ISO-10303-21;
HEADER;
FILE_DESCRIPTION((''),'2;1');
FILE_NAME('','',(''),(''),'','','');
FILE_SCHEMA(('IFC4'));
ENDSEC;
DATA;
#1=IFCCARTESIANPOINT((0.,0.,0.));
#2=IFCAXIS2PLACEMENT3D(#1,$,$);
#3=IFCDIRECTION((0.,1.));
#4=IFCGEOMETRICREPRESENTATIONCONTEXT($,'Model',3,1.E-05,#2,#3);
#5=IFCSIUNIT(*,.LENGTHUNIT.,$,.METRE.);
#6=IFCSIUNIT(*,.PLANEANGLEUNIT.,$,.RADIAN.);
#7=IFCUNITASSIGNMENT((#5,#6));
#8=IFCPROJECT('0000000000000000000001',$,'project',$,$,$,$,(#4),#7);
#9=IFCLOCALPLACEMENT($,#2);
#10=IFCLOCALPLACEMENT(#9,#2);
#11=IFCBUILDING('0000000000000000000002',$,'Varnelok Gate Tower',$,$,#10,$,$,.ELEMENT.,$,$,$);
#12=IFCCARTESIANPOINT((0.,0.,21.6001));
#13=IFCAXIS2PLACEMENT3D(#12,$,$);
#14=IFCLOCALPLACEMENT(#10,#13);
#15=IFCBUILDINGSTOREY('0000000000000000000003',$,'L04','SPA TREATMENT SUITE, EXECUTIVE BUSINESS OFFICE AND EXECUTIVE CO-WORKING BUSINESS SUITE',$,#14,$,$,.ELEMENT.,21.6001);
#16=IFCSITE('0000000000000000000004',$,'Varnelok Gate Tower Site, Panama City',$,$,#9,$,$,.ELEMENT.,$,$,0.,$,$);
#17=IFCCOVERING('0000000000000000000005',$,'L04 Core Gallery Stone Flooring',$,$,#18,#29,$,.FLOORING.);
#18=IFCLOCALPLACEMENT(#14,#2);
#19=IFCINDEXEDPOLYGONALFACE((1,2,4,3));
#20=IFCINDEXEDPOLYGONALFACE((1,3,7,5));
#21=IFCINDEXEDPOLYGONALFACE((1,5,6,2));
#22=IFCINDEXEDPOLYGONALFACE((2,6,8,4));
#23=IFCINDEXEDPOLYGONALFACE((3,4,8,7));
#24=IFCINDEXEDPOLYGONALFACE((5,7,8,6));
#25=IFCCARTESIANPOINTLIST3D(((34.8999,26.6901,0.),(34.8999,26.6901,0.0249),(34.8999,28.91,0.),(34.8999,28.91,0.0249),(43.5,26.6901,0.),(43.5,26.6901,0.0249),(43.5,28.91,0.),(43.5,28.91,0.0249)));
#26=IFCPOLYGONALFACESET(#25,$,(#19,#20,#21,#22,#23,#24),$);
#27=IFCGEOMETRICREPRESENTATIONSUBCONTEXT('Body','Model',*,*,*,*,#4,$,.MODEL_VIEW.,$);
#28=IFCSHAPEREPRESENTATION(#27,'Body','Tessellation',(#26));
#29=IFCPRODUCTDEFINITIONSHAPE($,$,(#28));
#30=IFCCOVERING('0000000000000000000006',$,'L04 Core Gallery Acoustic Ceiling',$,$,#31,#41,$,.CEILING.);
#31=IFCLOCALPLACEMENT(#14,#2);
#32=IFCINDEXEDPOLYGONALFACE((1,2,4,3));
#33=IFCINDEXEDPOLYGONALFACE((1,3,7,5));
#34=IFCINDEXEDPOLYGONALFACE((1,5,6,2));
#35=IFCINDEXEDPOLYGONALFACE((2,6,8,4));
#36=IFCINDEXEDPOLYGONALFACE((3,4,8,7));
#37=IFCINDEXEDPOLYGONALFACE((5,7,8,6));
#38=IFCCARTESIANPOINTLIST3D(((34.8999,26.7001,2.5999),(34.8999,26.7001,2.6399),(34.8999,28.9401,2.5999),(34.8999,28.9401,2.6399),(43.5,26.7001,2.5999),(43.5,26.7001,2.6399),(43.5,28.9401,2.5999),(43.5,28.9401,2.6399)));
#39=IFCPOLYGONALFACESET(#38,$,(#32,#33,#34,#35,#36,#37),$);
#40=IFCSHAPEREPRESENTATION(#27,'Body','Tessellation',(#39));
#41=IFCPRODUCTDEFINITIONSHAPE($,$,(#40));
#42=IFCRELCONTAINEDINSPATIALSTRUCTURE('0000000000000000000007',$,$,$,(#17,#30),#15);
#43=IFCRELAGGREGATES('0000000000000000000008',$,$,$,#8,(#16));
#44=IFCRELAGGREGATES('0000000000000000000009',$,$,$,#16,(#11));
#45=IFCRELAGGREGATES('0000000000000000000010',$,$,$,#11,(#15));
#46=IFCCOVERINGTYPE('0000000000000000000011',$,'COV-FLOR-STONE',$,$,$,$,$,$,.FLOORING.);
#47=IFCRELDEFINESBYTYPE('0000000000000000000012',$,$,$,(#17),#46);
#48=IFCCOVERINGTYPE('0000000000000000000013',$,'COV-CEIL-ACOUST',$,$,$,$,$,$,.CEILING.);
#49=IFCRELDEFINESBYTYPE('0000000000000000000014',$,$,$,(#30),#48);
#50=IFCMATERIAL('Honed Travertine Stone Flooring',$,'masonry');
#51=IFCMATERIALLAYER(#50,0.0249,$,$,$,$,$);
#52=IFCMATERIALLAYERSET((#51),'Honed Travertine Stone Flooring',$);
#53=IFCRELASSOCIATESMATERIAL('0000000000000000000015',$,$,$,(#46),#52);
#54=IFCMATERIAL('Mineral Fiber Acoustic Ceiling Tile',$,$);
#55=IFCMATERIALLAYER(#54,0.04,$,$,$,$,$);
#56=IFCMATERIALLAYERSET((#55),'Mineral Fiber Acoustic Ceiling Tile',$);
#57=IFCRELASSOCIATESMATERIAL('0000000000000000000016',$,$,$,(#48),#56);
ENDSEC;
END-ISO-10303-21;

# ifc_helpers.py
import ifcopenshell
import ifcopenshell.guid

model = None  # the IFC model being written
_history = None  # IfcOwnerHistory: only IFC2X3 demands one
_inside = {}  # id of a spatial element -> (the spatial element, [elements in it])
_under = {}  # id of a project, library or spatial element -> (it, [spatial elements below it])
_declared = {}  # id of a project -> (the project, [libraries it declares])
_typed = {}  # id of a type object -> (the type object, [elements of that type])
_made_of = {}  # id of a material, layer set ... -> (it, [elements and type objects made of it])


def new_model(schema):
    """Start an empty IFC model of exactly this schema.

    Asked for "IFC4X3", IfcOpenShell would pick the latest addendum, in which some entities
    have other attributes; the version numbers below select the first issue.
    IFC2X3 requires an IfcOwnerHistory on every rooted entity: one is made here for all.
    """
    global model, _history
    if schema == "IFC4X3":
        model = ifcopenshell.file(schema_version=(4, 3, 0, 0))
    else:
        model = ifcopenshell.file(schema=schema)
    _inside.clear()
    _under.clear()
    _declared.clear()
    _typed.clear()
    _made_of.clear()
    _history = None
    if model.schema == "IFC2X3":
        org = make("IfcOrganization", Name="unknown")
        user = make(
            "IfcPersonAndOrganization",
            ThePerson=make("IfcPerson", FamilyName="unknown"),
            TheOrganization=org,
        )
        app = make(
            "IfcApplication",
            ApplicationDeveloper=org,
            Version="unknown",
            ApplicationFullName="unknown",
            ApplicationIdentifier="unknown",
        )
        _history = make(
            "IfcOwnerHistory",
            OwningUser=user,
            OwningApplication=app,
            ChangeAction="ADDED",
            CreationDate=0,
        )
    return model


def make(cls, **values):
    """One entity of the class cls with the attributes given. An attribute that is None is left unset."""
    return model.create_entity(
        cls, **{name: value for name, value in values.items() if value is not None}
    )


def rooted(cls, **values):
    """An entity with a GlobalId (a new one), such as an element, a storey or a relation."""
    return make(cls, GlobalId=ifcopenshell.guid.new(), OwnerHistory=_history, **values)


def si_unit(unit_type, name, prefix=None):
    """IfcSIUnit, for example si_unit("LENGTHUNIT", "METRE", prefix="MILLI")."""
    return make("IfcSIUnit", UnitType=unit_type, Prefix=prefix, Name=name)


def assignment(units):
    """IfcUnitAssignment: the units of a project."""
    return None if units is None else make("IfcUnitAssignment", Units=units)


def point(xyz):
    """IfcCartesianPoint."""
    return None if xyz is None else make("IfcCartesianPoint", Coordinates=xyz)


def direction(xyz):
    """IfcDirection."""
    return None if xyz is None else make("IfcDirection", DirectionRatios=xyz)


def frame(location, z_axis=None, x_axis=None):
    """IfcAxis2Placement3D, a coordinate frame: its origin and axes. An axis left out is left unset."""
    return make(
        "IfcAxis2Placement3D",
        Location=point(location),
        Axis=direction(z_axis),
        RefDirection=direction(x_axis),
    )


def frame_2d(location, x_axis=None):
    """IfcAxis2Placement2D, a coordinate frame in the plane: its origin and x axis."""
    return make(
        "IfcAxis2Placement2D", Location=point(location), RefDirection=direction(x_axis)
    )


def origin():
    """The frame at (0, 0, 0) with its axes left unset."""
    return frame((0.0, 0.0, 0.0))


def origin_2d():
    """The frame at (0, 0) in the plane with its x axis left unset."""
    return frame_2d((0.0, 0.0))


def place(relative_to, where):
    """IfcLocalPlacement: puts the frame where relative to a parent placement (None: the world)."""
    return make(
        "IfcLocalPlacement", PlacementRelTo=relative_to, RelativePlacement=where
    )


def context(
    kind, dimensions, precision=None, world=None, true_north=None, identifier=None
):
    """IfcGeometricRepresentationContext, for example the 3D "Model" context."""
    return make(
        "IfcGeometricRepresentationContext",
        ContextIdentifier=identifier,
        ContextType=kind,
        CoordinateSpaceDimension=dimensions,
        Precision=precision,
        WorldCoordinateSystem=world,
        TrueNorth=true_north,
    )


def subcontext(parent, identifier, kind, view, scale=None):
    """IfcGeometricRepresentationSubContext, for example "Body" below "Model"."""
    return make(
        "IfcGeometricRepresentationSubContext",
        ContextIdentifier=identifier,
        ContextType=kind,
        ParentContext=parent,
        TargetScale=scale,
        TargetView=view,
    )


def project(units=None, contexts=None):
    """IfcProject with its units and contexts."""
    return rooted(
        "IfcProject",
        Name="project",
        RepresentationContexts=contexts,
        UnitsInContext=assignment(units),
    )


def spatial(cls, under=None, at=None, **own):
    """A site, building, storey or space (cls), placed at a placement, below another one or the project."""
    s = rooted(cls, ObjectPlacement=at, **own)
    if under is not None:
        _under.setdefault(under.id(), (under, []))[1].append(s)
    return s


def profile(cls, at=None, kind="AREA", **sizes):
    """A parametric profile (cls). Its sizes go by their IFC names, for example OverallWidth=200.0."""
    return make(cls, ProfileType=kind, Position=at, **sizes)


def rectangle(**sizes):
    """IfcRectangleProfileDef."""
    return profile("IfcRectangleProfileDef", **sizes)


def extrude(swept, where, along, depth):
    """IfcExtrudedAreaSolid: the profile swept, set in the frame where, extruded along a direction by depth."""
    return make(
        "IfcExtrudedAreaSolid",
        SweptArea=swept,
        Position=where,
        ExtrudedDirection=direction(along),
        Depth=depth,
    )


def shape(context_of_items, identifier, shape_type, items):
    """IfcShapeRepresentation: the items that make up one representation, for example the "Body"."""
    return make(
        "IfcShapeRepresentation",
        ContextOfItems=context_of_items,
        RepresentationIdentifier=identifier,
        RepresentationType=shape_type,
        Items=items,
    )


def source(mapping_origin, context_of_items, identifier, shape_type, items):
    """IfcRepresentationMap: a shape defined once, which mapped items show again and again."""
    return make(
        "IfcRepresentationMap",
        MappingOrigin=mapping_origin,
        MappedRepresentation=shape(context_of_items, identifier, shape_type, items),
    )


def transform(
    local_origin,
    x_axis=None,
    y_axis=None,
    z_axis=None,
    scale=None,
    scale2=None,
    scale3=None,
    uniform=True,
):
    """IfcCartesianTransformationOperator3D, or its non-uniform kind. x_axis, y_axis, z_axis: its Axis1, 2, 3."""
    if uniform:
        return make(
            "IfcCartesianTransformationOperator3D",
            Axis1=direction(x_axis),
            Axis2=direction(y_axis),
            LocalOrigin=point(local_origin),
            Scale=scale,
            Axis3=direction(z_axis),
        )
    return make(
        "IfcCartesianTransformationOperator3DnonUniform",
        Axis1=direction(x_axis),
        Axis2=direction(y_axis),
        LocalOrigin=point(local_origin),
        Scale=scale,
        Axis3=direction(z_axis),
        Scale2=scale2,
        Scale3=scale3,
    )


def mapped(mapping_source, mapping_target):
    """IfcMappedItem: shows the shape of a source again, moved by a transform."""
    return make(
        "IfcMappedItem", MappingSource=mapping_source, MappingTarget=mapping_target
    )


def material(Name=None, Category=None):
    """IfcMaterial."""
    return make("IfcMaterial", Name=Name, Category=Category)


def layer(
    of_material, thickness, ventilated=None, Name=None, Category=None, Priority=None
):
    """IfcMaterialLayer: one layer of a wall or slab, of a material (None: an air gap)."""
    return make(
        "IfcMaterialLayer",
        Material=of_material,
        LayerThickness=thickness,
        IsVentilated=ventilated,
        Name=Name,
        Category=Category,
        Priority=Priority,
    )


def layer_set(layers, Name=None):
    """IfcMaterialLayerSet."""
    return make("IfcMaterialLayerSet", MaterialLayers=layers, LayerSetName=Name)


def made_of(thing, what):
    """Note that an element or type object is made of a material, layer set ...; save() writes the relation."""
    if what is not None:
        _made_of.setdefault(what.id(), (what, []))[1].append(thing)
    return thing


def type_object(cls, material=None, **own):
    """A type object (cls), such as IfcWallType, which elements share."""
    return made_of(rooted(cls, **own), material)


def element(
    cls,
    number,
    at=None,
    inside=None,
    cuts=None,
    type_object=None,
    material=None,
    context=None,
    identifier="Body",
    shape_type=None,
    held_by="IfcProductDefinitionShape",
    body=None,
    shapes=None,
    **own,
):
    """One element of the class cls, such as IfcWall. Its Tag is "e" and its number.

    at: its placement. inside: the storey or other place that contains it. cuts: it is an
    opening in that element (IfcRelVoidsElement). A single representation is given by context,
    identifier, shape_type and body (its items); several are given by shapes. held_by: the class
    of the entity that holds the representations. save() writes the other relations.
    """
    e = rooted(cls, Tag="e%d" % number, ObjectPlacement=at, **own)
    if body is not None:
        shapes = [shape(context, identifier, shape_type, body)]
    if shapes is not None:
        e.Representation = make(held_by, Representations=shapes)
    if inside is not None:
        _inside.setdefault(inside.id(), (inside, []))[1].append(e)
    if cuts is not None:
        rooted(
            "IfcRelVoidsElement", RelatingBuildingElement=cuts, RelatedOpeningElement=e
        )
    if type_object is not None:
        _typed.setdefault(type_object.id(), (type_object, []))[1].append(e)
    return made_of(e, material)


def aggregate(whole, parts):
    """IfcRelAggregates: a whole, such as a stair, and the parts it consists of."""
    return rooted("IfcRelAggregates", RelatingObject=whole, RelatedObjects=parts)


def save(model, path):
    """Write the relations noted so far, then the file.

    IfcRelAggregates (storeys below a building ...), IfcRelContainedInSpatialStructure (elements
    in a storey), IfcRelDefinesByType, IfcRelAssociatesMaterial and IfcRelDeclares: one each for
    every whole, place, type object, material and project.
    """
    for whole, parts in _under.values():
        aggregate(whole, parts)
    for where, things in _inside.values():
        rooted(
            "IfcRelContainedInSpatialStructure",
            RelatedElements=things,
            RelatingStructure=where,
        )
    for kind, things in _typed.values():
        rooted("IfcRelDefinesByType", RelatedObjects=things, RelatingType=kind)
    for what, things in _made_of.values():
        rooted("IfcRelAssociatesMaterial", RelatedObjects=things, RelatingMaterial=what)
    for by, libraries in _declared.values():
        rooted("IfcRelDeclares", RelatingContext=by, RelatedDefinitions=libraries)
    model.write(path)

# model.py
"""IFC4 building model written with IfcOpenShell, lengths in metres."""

from ifc_helpers import new_model, si_unit, direction, frame, origin, origin_2d, place, context, subcontext, project, spatial, rectangle, extrude, source, transform, mapped, material, layer, layer_set, type_object, element, save


model = new_model("IFC4")

# Units and contexts
model_context = context("Model", 3, precision=1e-05, world=origin(), true_north=direction((0.0, 1.0)))
body_context = subcontext(model_context, "Body", "Model", "MODEL_VIEW")
ifc_project = project(units=[si_unit("LENGTHUNIT", "METRE"), si_unit("PLANEANGLEUNIT", "RADIAN")], contexts=[model_context])

# Site, building, storey
site_placement = place(None, origin())
site = spatial("IfcSite", under=ifc_project, at=site_placement, Name="Varnelok Gate Tower Site, Panama City", CompositionType="ELEMENT", RefElevation=0.0)
building_placement = place(site_placement, origin())
building = spatial("IfcBuilding", under=site, at=building_placement, Name="Varnelok Gate Tower", CompositionType="ELEMENT")
storey_placement = place(building_placement, frame((0.0, 0.0, 21.6001)))
storey = spatial("IfcBuildingStorey", under=building, at=storey_placement, Name="L04", Description="SPA TREATMENT SUITE, EXECUTIVE BUSINESS OFFICE AND EXECUTIVE CO-WORKING BUSINESS SUITE", CompositionType="ELEMENT", Elevation=21.6001)

# Coverings
ifc_material_1 = material(Name="Honed Travertine Stone Flooring", Category="masonry")
ifc_layer_1 = layer(ifc_material_1, 0.0249)
ifc_layer_set_1 = layer_set([ifc_layer_1], Name="Honed Travertine Stone Flooring")
covering_type_1 = type_object("IfcCoveringType", Name="COV-FLOR-STONE", PredefinedType="FLOORING", material=ifc_layer_set_1)
shared_shape_1 = source(origin(), body_context, "Body", "SweptSolid", [
    extrude(rectangle(XDim=8.6001, YDim=2.22, at=origin_2d()), origin(), (0.0, 0.0, 1.0), 0.0249),
])
covering_1_placement = place(storey_placement, frame((39.2, 27.8, 0.0), z_axis=(0.0, 0.0, 1.0), x_axis=(1.0, 0.0, 0.0)))
element("IfcCovering", 1, at=covering_1_placement, inside=storey, type_object=covering_type_1, Name="L04 Core Gallery Stone Flooring", PredefinedType="FLOORING", context=body_context, shape_type="MappedRepresentation", body=[
    mapped(shared_shape_1, transform((0.0, 0.0, 0.0), scale=1.0)),
])
ifc_material_2 = material(Name="Mineral Fiber Acoustic Ceiling Tile")
ifc_layer_2 = layer(ifc_material_2, 0.04)
ifc_layer_set_2 = layer_set([ifc_layer_2], Name="Mineral Fiber Acoustic Ceiling Tile")
covering_type_2 = type_object("IfcCoveringType", Name="COV-CEIL-ACOUST", PredefinedType="CEILING", material=ifc_layer_set_2)
shared_shape_2 = source(origin(), body_context, "Body", "SweptSolid", [
    extrude(rectangle(XDim=8.6001, YDim=2.24, at=origin_2d()), origin(), (0.0, 0.0, 1.0), 0.04),
])
covering_2_placement = place(storey_placement, frame((39.2, 27.8201, 2.5999), z_axis=(0.0, 0.0, 1.0), x_axis=(1.0, 0.0, 0.0)))
element("IfcCovering", 2, at=covering_2_placement, inside=storey, type_object=covering_type_2, Name="L04 Core Gallery Acoustic Ceiling", PredefinedType="CEILING", context=body_context, shape_type="MappedRepresentation", body=[
    mapped(shared_shape_2, transform((0.0, 0.0, 0.0), scale=1.0)),
])

save(model, "model.ifc")
